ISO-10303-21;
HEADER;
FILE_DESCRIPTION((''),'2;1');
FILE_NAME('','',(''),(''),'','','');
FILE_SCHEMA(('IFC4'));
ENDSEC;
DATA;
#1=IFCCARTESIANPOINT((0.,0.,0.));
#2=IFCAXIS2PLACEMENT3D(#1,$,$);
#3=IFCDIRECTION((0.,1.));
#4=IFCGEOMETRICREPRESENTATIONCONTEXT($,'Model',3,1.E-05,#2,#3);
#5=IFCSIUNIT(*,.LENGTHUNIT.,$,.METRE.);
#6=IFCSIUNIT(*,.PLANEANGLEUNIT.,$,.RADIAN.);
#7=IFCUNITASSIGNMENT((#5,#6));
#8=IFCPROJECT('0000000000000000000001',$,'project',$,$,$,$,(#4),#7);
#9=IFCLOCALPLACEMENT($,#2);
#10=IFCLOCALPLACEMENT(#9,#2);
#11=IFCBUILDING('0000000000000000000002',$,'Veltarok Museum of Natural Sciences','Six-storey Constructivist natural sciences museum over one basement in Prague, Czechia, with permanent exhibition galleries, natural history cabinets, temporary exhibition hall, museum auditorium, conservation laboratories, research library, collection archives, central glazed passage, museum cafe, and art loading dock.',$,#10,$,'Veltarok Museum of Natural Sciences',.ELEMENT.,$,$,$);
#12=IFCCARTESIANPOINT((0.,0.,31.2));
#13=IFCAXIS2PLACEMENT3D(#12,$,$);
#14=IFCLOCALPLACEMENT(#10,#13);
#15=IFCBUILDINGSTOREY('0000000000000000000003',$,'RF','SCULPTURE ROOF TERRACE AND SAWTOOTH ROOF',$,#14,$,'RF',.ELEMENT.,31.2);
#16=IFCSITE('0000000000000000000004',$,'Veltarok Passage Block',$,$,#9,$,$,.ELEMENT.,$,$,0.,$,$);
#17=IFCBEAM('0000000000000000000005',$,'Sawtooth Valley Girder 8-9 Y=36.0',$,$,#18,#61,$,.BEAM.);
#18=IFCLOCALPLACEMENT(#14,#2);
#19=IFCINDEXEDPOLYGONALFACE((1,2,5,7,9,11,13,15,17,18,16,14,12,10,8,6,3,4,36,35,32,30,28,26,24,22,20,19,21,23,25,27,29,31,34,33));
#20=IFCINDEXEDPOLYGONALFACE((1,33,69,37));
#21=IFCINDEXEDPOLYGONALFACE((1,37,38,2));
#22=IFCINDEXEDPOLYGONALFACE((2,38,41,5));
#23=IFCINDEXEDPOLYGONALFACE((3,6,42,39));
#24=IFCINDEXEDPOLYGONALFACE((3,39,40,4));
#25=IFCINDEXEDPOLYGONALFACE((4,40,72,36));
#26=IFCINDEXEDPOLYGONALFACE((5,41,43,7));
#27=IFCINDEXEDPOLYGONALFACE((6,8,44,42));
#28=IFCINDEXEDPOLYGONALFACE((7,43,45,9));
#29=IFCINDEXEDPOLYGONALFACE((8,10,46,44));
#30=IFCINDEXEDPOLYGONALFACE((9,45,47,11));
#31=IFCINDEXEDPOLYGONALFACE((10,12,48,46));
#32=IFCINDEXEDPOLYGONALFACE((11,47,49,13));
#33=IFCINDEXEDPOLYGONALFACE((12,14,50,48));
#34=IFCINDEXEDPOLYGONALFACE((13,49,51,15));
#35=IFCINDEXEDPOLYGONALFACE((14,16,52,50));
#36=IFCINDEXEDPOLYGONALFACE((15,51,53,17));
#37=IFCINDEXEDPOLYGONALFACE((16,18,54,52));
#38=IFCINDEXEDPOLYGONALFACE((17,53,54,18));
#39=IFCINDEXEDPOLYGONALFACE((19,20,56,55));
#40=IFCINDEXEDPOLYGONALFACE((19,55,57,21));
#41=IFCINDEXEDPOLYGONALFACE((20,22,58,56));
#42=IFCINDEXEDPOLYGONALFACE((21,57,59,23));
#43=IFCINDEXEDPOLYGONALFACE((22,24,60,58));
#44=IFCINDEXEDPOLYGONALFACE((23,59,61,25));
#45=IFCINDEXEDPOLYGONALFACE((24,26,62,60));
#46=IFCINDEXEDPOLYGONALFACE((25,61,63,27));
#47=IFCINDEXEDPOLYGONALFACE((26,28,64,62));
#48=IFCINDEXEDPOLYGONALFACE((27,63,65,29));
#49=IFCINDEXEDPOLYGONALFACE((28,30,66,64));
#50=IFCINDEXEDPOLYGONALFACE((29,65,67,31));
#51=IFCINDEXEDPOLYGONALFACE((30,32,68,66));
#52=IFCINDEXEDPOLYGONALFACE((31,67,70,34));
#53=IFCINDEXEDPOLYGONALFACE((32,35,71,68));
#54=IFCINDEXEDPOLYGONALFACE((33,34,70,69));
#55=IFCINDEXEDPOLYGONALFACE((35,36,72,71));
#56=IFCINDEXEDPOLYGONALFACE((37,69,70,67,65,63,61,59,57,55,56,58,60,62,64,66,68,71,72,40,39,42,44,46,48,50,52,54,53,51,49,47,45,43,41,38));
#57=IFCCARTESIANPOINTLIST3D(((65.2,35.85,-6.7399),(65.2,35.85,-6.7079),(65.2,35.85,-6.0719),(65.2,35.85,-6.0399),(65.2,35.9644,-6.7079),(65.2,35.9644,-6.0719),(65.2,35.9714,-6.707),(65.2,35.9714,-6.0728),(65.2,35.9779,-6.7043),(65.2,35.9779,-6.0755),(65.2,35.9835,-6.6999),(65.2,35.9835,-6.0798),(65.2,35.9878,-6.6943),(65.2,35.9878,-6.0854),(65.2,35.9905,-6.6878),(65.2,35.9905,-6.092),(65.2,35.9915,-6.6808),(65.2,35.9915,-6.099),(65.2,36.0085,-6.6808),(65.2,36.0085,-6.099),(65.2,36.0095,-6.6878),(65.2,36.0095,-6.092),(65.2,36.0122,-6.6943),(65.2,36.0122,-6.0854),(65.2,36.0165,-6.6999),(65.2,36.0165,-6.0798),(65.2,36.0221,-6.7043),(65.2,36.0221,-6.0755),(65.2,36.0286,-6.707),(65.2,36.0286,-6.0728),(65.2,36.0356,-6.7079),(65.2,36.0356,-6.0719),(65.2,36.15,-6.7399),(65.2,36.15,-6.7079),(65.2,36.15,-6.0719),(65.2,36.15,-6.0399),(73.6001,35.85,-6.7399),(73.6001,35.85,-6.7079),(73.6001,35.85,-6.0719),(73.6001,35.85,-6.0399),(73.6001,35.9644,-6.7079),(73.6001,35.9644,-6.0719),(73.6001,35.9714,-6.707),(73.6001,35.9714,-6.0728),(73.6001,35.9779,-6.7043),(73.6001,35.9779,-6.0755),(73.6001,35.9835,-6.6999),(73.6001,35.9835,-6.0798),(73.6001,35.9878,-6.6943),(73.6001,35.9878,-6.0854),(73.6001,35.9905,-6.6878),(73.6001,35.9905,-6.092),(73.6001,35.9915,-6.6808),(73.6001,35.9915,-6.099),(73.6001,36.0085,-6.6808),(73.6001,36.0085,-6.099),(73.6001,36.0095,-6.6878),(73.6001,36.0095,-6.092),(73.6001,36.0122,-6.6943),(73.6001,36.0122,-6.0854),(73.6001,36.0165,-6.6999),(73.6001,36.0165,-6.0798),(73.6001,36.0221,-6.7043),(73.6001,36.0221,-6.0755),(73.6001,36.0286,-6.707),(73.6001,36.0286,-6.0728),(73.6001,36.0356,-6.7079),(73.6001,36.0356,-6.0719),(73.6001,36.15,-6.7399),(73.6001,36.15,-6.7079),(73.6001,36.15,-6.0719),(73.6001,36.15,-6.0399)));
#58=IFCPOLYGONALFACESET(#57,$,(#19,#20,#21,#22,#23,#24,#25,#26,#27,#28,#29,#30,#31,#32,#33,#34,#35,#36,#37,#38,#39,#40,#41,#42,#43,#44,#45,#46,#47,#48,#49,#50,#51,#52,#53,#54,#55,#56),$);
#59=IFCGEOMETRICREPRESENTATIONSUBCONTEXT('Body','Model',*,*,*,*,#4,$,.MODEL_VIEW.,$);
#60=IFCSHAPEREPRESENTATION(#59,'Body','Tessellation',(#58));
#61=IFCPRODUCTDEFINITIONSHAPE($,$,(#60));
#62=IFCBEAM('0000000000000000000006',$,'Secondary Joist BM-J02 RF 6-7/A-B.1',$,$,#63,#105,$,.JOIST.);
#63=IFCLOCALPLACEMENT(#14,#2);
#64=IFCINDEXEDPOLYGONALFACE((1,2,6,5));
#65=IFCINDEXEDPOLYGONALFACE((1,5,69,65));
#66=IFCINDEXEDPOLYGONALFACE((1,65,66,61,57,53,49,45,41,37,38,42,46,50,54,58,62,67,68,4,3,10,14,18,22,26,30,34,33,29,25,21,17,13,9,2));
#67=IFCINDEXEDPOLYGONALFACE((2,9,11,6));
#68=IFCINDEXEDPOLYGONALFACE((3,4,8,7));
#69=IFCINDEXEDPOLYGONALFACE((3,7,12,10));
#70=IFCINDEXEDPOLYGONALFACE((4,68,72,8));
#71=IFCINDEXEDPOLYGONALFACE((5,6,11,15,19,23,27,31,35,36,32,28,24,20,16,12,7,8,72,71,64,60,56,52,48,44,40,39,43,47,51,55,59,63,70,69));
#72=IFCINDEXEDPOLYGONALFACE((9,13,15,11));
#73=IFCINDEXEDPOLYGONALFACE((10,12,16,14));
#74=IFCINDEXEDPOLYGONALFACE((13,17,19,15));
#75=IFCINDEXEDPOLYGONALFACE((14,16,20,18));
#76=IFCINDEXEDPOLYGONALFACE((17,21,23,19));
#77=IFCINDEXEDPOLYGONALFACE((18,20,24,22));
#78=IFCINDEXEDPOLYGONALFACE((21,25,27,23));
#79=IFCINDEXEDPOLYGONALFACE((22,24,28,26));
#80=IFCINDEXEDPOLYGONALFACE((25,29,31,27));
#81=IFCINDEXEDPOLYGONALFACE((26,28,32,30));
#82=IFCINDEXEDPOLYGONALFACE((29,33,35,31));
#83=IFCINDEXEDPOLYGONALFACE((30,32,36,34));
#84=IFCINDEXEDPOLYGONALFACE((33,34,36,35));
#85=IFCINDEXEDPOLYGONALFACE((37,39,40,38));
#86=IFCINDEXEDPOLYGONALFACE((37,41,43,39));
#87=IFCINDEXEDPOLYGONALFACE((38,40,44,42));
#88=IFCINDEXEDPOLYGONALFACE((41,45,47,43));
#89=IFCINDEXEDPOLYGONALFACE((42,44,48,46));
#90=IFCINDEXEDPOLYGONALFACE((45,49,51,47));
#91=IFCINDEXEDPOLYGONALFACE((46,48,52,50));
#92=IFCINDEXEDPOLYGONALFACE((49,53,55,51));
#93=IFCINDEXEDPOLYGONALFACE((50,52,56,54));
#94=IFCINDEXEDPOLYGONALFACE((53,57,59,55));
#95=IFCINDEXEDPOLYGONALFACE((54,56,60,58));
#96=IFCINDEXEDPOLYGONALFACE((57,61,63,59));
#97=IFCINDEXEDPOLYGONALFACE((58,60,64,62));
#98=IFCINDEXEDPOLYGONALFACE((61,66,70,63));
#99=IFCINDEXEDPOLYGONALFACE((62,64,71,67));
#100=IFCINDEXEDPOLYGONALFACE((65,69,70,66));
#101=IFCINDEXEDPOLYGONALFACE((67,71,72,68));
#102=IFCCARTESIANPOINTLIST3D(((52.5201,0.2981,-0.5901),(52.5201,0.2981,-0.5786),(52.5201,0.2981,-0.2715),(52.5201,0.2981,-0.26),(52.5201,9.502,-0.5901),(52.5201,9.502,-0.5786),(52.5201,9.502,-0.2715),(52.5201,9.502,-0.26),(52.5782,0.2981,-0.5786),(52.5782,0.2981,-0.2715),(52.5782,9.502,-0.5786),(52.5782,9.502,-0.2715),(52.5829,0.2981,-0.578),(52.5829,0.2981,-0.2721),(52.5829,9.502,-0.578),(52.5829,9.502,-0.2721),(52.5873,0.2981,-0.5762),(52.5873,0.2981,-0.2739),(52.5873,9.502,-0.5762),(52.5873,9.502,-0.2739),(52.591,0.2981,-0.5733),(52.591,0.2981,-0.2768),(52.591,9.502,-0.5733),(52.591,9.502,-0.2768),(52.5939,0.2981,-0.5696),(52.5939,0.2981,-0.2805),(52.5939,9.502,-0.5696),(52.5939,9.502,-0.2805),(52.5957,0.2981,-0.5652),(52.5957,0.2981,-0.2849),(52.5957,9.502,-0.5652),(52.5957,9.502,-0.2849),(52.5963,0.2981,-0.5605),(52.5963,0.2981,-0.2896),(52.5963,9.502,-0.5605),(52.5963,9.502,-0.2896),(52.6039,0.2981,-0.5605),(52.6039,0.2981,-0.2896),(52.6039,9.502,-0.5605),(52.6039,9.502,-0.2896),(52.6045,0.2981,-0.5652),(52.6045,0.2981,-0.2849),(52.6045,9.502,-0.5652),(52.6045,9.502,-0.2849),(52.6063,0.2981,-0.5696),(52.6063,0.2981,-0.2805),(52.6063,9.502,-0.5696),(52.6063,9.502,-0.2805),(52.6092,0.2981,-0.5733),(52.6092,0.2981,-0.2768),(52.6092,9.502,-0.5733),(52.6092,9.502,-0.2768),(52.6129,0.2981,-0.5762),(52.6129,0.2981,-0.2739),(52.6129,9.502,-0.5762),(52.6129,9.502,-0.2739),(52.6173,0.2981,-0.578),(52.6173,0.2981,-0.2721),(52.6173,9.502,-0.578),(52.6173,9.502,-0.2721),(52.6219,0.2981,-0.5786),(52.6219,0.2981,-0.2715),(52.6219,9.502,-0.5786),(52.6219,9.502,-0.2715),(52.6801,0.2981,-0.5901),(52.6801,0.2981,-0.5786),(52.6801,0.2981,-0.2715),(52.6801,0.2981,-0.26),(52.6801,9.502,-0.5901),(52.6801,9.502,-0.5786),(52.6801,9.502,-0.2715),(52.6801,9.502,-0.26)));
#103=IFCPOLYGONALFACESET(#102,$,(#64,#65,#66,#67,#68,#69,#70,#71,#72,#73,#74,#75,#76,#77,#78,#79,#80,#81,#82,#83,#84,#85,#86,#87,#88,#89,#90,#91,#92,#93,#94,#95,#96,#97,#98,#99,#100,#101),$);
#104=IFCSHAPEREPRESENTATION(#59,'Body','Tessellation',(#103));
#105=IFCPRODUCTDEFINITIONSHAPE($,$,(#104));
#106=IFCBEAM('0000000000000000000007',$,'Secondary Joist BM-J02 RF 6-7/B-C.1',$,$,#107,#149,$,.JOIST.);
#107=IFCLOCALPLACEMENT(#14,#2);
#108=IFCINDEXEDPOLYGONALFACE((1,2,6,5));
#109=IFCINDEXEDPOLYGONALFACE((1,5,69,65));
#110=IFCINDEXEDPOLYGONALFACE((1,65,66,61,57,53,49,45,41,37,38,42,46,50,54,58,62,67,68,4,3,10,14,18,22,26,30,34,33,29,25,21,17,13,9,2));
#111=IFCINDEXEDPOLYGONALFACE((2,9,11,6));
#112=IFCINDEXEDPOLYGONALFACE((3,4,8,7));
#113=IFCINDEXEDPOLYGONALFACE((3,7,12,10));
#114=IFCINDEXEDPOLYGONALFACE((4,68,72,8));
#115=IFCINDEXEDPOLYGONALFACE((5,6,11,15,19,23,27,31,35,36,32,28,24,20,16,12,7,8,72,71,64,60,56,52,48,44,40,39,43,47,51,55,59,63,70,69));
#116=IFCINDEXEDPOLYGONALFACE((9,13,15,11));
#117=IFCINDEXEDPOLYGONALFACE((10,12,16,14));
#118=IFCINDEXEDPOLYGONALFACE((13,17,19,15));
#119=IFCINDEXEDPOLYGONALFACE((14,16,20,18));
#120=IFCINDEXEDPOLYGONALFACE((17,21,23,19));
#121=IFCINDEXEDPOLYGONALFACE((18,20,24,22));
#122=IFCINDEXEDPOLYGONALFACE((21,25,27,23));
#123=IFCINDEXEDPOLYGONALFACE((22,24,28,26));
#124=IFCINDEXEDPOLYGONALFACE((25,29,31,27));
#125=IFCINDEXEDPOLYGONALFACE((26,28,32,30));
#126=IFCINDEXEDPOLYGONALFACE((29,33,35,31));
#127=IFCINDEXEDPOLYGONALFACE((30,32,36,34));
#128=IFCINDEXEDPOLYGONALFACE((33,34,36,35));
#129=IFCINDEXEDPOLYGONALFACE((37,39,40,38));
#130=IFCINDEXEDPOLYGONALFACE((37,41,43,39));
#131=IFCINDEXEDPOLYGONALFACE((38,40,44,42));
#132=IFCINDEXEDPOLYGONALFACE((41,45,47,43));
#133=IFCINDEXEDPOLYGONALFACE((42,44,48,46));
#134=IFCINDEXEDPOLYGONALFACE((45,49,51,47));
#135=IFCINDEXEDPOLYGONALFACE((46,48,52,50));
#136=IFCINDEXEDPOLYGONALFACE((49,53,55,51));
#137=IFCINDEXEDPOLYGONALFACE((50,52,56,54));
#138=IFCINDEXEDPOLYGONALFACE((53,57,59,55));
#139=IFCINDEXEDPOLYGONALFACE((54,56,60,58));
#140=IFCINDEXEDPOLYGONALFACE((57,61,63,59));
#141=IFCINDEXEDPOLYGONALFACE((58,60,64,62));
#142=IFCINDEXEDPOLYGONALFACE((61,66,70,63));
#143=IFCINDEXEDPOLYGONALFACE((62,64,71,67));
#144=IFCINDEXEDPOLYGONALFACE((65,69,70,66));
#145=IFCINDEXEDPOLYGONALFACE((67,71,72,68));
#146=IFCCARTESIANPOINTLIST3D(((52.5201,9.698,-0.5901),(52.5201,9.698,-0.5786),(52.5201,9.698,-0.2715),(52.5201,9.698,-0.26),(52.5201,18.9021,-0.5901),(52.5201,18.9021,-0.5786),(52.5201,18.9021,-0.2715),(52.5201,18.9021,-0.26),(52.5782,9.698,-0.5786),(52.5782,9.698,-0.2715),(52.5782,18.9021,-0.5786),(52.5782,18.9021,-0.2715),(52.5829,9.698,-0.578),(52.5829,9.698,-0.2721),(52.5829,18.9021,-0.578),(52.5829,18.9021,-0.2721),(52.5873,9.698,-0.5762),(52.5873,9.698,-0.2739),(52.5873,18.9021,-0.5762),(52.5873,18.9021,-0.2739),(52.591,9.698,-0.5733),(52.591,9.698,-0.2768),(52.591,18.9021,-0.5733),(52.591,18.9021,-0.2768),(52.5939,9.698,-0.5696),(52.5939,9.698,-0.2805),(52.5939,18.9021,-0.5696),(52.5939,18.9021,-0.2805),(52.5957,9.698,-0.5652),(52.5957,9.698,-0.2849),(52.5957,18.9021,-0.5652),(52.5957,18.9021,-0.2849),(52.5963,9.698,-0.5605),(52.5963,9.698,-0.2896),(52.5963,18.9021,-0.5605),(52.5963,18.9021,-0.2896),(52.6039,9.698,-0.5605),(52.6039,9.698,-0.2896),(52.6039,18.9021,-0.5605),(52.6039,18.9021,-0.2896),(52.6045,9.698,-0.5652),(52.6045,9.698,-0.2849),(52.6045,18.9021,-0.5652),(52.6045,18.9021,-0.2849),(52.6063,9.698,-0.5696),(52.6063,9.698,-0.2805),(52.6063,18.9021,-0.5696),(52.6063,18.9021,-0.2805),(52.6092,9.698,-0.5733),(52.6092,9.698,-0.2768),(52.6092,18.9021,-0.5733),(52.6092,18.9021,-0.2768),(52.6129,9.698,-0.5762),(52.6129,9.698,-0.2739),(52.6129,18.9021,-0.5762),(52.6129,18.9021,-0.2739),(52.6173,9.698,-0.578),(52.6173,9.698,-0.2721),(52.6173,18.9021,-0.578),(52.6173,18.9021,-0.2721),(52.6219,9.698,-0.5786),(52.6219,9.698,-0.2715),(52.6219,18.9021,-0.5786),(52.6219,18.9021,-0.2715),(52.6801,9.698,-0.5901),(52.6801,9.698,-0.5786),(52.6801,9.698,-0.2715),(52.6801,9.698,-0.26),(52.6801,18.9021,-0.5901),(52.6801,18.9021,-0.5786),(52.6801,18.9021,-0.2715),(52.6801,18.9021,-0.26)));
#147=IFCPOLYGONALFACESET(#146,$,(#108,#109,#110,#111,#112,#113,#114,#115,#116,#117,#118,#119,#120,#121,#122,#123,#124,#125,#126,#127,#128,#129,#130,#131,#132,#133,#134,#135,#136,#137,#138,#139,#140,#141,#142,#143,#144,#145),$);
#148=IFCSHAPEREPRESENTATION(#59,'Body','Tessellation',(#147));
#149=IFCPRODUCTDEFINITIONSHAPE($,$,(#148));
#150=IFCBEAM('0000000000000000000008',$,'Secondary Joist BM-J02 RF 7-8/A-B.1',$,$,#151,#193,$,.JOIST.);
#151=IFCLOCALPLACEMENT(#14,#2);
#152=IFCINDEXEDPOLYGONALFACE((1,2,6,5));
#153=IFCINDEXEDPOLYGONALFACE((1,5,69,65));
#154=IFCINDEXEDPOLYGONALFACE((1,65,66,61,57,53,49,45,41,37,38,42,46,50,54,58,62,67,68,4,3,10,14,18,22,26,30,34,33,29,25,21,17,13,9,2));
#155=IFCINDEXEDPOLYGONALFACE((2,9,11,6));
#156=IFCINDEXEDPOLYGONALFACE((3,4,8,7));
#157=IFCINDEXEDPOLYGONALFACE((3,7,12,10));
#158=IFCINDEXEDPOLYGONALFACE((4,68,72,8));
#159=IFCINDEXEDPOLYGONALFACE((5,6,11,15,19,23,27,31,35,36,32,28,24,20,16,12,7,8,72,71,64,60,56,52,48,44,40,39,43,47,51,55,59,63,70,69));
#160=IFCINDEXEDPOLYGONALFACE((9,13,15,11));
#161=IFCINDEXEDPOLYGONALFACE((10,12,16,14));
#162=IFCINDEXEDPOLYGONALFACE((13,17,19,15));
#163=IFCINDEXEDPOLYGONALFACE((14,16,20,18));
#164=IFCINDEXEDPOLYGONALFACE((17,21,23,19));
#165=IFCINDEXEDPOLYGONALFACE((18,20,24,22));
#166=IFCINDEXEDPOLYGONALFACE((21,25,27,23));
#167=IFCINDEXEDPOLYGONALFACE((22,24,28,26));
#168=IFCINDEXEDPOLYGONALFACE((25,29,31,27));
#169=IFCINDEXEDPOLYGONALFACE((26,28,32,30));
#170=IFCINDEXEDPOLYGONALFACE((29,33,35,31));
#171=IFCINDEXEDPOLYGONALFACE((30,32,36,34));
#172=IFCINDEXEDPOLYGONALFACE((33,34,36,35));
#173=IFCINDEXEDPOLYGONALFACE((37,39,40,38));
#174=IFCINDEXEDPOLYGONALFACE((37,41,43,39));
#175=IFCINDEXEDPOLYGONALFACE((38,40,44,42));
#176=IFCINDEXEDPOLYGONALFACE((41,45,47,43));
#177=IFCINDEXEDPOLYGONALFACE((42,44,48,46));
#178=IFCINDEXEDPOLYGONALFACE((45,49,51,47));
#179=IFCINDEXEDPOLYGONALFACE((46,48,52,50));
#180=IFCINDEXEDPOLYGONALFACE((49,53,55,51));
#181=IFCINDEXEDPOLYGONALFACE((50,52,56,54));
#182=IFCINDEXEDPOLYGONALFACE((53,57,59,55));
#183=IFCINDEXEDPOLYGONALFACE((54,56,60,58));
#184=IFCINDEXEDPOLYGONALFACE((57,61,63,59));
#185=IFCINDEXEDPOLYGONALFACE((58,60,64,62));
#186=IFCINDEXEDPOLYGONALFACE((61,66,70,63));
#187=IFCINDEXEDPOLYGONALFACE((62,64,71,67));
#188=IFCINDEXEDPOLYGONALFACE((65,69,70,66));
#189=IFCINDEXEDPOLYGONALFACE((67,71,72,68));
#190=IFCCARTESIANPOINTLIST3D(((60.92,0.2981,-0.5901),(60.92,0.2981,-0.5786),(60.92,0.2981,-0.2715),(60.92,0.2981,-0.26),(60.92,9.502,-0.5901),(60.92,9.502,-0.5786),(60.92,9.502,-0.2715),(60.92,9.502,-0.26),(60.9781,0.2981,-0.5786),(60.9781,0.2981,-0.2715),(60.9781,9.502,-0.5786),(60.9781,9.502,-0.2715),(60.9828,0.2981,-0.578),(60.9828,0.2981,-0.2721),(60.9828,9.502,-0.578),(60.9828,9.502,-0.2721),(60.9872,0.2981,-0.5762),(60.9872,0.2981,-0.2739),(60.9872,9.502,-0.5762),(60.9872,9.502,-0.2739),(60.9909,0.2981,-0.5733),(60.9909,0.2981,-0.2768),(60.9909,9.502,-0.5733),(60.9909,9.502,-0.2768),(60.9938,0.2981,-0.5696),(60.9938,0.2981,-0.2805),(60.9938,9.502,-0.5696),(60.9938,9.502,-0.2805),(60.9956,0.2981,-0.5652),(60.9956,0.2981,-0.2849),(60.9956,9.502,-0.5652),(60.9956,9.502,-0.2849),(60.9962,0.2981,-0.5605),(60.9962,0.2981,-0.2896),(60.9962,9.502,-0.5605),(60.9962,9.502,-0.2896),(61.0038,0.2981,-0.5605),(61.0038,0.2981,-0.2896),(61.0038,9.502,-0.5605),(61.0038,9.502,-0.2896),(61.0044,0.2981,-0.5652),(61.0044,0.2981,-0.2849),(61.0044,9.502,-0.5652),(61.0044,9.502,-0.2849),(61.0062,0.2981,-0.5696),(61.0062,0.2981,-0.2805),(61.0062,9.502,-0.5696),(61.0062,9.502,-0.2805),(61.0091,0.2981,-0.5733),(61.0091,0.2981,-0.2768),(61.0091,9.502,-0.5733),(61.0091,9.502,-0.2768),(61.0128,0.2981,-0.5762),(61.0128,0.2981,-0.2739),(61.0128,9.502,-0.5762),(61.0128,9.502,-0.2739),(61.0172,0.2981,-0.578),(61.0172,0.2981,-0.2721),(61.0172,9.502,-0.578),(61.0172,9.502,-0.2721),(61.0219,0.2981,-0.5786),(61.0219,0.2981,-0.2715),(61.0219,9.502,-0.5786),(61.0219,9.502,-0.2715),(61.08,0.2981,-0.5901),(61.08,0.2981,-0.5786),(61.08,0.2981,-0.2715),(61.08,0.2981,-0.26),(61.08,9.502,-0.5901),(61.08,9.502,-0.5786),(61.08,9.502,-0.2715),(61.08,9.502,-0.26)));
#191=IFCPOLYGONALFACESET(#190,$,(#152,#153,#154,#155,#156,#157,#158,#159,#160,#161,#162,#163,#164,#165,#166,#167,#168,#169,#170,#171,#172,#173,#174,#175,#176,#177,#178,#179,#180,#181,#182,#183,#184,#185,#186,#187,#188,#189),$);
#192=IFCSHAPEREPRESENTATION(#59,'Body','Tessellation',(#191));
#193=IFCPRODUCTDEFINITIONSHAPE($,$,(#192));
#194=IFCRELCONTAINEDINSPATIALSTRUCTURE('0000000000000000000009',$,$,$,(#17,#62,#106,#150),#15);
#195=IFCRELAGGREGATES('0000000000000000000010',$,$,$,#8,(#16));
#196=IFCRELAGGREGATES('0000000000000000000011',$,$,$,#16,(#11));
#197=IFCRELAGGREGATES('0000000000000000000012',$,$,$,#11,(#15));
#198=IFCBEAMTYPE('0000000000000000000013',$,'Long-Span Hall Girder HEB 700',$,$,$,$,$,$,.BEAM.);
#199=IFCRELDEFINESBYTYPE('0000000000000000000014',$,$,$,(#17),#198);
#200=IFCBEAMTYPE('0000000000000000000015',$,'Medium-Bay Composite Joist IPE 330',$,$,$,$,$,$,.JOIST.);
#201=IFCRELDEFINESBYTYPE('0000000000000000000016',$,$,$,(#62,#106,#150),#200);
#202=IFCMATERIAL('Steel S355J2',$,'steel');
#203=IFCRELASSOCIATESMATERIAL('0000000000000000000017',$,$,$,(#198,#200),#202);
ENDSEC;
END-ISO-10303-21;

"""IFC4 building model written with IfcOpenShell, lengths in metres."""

from ifc_helpers import new_model, si_unit, direction, frame, origin, origin_2d, place, context, subcontext, project, spatial, i_section, extrude, material, material_profile, profile_set, type_object, element, save


model = new_model("IFC4")

# Units and contexts
model_context = context("Model", 3, precision=1e-05, world=origin(), true_north=direction((0.0, 1.0)))
body_context = subcontext(model_context, "Body", "Model", "MODEL_VIEW")
ifc_project = project(units=[si_unit("LENGTHUNIT", "METRE"), si_unit("PLANEANGLEUNIT", "RADIAN")], contexts=[model_context])

# Site, building, storey
site_placement = place(None, origin())
site = spatial("IfcSite", under=ifc_project, at=site_placement, Name="Veltarok Passage Block", CompositionType="ELEMENT", RefElevation=0.0)
building_placement = place(site_placement, origin())
building = spatial("IfcBuilding", under=site, at=building_placement, Name="Veltarok Museum of Natural Sciences", Description="Six-storey Constructivist natural sciences museum over one basement in Prague, Czechia, with permanent exhibition galleries, natural history cabinets, temporary exhibition hall, museum auditorium, conservation laboratories, research library, collection archives, central glazed passage, museum cafe, and art loading dock.", LongName="Veltarok Museum of Natural Sciences", CompositionType="ELEMENT")
storey_placement = place(building_placement, frame((0.0, 0.0, 31.2)))
storey = spatial("IfcBuildingStorey", under=building, at=storey_placement, Name="RF", Description="SCULPTURE ROOF TERRACE AND SAWTOOTH ROOF", LongName="RF", CompositionType="ELEMENT", Elevation=31.2)

# Beams
ifc_material_1 = material(Name="Steel S355J2", Category="steel")
ifc_material_profile_1 = material_profile(ifc_material_1, i_section(OverallWidth=0.3, OverallDepth=0.7, WebThickness=0.0171, FlangeThickness=0.032, FilletRadius=0.0271, at=origin_2d()), Name="HEB 700")
ifc_profile_set_1 = profile_set([ifc_material_profile_1], Name="Steel S355J2")
beam_type_1 = type_object("IfcBeamType", Name="Long-Span Hall Girder HEB 700", PredefinedType="BEAM", material=ifc_profile_set_1)
beam_1_placement = place(storey_placement, frame((65.2, 36.0, -6.3899), z_axis=(1.0, 0.0, 0.0), x_axis=(0.0, 1.0, 0.0)))
element("IfcBeam", 1, at=beam_1_placement, inside=storey, type_object=beam_type_1, Name="Sawtooth Valley Girder 8-9 Y=36.0", PredefinedType="BEAM", context=body_context, shape_type="SweptSolid", body=[
    extrude(i_section(OverallWidth=0.3, OverallDepth=0.7, WebThickness=0.0171, FlangeThickness=0.032, FilletRadius=0.0271, at=origin_2d()), origin(), (0.0, 0.0, 1.0), 8.4001),
])
ifc_material_profile_2 = material_profile(ifc_material_1, i_section(OverallWidth=0.1599, OverallDepth=0.3301, WebThickness=0.0076, FlangeThickness=0.0115, FilletRadius=0.0181, at=origin_2d()), Name="IPE 330")
ifc_profile_set_2 = profile_set([ifc_material_profile_2], Name="Steel S355J2")
beam_type_2 = type_object("IfcBeamType", Name="Medium-Bay Composite Joist IPE 330", PredefinedType="JOIST", material=ifc_profile_set_2)
beam_2_placement = place(storey_placement, frame((52.6001, 0.2981, -0.425), z_axis=(0.0, 1.0, 0.0), x_axis=(-1.0, 0.0, 0.0)))
element("IfcBeam", 2, at=beam_2_placement, inside=storey, type_object=beam_type_2, Name="Secondary Joist BM-J02 RF 6-7/A-B.1", PredefinedType="JOIST", context=body_context, shape_type="SweptSolid", body=[
    extrude(i_section(OverallWidth=0.1599, OverallDepth=0.3301, WebThickness=0.0076, FlangeThickness=0.0115, FilletRadius=0.0181, at=origin_2d()), origin(), (0.0, 0.0, 1.0), 9.2039),
])
beam_3_placement = place(storey_placement, frame((52.6001, 9.698, -0.425), z_axis=(0.0, 1.0, 0.0), x_axis=(-1.0, 0.0, 0.0)))
element("IfcBeam", 3, at=beam_3_placement, inside=storey, type_object=beam_type_2, Name="Secondary Joist BM-J02 RF 6-7/B-C.1", PredefinedType="JOIST", context=body_context, shape_type="SweptSolid", body=[
    extrude(i_section(OverallWidth=0.1599, OverallDepth=0.3301, WebThickness=0.0076, FlangeThickness=0.0115, FilletRadius=0.0181, at=origin_2d()), origin(), (0.0, 0.0, 1.0), 9.2041),
])
beam_4_placement = place(storey_placement, frame((61.0, 0.2981, -0.425), z_axis=(0.0, 1.0, 0.0), x_axis=(-1.0, 0.0, 0.0)))
element("IfcBeam", 4, at=beam_4_placement, inside=storey, type_object=beam_type_2, Name="Secondary Joist BM-J02 RF 7-8/A-B.1", PredefinedType="JOIST", context=body_context, shape_type="SweptSolid", body=[
    extrude(i_section(OverallWidth=0.1599, OverallDepth=0.3301, WebThickness=0.0076, FlangeThickness=0.0115, FilletRadius=0.0181, at=origin_2d()), origin(), (0.0, 0.0, 1.0), 9.2039),
])

save(model, "model.ifc")
